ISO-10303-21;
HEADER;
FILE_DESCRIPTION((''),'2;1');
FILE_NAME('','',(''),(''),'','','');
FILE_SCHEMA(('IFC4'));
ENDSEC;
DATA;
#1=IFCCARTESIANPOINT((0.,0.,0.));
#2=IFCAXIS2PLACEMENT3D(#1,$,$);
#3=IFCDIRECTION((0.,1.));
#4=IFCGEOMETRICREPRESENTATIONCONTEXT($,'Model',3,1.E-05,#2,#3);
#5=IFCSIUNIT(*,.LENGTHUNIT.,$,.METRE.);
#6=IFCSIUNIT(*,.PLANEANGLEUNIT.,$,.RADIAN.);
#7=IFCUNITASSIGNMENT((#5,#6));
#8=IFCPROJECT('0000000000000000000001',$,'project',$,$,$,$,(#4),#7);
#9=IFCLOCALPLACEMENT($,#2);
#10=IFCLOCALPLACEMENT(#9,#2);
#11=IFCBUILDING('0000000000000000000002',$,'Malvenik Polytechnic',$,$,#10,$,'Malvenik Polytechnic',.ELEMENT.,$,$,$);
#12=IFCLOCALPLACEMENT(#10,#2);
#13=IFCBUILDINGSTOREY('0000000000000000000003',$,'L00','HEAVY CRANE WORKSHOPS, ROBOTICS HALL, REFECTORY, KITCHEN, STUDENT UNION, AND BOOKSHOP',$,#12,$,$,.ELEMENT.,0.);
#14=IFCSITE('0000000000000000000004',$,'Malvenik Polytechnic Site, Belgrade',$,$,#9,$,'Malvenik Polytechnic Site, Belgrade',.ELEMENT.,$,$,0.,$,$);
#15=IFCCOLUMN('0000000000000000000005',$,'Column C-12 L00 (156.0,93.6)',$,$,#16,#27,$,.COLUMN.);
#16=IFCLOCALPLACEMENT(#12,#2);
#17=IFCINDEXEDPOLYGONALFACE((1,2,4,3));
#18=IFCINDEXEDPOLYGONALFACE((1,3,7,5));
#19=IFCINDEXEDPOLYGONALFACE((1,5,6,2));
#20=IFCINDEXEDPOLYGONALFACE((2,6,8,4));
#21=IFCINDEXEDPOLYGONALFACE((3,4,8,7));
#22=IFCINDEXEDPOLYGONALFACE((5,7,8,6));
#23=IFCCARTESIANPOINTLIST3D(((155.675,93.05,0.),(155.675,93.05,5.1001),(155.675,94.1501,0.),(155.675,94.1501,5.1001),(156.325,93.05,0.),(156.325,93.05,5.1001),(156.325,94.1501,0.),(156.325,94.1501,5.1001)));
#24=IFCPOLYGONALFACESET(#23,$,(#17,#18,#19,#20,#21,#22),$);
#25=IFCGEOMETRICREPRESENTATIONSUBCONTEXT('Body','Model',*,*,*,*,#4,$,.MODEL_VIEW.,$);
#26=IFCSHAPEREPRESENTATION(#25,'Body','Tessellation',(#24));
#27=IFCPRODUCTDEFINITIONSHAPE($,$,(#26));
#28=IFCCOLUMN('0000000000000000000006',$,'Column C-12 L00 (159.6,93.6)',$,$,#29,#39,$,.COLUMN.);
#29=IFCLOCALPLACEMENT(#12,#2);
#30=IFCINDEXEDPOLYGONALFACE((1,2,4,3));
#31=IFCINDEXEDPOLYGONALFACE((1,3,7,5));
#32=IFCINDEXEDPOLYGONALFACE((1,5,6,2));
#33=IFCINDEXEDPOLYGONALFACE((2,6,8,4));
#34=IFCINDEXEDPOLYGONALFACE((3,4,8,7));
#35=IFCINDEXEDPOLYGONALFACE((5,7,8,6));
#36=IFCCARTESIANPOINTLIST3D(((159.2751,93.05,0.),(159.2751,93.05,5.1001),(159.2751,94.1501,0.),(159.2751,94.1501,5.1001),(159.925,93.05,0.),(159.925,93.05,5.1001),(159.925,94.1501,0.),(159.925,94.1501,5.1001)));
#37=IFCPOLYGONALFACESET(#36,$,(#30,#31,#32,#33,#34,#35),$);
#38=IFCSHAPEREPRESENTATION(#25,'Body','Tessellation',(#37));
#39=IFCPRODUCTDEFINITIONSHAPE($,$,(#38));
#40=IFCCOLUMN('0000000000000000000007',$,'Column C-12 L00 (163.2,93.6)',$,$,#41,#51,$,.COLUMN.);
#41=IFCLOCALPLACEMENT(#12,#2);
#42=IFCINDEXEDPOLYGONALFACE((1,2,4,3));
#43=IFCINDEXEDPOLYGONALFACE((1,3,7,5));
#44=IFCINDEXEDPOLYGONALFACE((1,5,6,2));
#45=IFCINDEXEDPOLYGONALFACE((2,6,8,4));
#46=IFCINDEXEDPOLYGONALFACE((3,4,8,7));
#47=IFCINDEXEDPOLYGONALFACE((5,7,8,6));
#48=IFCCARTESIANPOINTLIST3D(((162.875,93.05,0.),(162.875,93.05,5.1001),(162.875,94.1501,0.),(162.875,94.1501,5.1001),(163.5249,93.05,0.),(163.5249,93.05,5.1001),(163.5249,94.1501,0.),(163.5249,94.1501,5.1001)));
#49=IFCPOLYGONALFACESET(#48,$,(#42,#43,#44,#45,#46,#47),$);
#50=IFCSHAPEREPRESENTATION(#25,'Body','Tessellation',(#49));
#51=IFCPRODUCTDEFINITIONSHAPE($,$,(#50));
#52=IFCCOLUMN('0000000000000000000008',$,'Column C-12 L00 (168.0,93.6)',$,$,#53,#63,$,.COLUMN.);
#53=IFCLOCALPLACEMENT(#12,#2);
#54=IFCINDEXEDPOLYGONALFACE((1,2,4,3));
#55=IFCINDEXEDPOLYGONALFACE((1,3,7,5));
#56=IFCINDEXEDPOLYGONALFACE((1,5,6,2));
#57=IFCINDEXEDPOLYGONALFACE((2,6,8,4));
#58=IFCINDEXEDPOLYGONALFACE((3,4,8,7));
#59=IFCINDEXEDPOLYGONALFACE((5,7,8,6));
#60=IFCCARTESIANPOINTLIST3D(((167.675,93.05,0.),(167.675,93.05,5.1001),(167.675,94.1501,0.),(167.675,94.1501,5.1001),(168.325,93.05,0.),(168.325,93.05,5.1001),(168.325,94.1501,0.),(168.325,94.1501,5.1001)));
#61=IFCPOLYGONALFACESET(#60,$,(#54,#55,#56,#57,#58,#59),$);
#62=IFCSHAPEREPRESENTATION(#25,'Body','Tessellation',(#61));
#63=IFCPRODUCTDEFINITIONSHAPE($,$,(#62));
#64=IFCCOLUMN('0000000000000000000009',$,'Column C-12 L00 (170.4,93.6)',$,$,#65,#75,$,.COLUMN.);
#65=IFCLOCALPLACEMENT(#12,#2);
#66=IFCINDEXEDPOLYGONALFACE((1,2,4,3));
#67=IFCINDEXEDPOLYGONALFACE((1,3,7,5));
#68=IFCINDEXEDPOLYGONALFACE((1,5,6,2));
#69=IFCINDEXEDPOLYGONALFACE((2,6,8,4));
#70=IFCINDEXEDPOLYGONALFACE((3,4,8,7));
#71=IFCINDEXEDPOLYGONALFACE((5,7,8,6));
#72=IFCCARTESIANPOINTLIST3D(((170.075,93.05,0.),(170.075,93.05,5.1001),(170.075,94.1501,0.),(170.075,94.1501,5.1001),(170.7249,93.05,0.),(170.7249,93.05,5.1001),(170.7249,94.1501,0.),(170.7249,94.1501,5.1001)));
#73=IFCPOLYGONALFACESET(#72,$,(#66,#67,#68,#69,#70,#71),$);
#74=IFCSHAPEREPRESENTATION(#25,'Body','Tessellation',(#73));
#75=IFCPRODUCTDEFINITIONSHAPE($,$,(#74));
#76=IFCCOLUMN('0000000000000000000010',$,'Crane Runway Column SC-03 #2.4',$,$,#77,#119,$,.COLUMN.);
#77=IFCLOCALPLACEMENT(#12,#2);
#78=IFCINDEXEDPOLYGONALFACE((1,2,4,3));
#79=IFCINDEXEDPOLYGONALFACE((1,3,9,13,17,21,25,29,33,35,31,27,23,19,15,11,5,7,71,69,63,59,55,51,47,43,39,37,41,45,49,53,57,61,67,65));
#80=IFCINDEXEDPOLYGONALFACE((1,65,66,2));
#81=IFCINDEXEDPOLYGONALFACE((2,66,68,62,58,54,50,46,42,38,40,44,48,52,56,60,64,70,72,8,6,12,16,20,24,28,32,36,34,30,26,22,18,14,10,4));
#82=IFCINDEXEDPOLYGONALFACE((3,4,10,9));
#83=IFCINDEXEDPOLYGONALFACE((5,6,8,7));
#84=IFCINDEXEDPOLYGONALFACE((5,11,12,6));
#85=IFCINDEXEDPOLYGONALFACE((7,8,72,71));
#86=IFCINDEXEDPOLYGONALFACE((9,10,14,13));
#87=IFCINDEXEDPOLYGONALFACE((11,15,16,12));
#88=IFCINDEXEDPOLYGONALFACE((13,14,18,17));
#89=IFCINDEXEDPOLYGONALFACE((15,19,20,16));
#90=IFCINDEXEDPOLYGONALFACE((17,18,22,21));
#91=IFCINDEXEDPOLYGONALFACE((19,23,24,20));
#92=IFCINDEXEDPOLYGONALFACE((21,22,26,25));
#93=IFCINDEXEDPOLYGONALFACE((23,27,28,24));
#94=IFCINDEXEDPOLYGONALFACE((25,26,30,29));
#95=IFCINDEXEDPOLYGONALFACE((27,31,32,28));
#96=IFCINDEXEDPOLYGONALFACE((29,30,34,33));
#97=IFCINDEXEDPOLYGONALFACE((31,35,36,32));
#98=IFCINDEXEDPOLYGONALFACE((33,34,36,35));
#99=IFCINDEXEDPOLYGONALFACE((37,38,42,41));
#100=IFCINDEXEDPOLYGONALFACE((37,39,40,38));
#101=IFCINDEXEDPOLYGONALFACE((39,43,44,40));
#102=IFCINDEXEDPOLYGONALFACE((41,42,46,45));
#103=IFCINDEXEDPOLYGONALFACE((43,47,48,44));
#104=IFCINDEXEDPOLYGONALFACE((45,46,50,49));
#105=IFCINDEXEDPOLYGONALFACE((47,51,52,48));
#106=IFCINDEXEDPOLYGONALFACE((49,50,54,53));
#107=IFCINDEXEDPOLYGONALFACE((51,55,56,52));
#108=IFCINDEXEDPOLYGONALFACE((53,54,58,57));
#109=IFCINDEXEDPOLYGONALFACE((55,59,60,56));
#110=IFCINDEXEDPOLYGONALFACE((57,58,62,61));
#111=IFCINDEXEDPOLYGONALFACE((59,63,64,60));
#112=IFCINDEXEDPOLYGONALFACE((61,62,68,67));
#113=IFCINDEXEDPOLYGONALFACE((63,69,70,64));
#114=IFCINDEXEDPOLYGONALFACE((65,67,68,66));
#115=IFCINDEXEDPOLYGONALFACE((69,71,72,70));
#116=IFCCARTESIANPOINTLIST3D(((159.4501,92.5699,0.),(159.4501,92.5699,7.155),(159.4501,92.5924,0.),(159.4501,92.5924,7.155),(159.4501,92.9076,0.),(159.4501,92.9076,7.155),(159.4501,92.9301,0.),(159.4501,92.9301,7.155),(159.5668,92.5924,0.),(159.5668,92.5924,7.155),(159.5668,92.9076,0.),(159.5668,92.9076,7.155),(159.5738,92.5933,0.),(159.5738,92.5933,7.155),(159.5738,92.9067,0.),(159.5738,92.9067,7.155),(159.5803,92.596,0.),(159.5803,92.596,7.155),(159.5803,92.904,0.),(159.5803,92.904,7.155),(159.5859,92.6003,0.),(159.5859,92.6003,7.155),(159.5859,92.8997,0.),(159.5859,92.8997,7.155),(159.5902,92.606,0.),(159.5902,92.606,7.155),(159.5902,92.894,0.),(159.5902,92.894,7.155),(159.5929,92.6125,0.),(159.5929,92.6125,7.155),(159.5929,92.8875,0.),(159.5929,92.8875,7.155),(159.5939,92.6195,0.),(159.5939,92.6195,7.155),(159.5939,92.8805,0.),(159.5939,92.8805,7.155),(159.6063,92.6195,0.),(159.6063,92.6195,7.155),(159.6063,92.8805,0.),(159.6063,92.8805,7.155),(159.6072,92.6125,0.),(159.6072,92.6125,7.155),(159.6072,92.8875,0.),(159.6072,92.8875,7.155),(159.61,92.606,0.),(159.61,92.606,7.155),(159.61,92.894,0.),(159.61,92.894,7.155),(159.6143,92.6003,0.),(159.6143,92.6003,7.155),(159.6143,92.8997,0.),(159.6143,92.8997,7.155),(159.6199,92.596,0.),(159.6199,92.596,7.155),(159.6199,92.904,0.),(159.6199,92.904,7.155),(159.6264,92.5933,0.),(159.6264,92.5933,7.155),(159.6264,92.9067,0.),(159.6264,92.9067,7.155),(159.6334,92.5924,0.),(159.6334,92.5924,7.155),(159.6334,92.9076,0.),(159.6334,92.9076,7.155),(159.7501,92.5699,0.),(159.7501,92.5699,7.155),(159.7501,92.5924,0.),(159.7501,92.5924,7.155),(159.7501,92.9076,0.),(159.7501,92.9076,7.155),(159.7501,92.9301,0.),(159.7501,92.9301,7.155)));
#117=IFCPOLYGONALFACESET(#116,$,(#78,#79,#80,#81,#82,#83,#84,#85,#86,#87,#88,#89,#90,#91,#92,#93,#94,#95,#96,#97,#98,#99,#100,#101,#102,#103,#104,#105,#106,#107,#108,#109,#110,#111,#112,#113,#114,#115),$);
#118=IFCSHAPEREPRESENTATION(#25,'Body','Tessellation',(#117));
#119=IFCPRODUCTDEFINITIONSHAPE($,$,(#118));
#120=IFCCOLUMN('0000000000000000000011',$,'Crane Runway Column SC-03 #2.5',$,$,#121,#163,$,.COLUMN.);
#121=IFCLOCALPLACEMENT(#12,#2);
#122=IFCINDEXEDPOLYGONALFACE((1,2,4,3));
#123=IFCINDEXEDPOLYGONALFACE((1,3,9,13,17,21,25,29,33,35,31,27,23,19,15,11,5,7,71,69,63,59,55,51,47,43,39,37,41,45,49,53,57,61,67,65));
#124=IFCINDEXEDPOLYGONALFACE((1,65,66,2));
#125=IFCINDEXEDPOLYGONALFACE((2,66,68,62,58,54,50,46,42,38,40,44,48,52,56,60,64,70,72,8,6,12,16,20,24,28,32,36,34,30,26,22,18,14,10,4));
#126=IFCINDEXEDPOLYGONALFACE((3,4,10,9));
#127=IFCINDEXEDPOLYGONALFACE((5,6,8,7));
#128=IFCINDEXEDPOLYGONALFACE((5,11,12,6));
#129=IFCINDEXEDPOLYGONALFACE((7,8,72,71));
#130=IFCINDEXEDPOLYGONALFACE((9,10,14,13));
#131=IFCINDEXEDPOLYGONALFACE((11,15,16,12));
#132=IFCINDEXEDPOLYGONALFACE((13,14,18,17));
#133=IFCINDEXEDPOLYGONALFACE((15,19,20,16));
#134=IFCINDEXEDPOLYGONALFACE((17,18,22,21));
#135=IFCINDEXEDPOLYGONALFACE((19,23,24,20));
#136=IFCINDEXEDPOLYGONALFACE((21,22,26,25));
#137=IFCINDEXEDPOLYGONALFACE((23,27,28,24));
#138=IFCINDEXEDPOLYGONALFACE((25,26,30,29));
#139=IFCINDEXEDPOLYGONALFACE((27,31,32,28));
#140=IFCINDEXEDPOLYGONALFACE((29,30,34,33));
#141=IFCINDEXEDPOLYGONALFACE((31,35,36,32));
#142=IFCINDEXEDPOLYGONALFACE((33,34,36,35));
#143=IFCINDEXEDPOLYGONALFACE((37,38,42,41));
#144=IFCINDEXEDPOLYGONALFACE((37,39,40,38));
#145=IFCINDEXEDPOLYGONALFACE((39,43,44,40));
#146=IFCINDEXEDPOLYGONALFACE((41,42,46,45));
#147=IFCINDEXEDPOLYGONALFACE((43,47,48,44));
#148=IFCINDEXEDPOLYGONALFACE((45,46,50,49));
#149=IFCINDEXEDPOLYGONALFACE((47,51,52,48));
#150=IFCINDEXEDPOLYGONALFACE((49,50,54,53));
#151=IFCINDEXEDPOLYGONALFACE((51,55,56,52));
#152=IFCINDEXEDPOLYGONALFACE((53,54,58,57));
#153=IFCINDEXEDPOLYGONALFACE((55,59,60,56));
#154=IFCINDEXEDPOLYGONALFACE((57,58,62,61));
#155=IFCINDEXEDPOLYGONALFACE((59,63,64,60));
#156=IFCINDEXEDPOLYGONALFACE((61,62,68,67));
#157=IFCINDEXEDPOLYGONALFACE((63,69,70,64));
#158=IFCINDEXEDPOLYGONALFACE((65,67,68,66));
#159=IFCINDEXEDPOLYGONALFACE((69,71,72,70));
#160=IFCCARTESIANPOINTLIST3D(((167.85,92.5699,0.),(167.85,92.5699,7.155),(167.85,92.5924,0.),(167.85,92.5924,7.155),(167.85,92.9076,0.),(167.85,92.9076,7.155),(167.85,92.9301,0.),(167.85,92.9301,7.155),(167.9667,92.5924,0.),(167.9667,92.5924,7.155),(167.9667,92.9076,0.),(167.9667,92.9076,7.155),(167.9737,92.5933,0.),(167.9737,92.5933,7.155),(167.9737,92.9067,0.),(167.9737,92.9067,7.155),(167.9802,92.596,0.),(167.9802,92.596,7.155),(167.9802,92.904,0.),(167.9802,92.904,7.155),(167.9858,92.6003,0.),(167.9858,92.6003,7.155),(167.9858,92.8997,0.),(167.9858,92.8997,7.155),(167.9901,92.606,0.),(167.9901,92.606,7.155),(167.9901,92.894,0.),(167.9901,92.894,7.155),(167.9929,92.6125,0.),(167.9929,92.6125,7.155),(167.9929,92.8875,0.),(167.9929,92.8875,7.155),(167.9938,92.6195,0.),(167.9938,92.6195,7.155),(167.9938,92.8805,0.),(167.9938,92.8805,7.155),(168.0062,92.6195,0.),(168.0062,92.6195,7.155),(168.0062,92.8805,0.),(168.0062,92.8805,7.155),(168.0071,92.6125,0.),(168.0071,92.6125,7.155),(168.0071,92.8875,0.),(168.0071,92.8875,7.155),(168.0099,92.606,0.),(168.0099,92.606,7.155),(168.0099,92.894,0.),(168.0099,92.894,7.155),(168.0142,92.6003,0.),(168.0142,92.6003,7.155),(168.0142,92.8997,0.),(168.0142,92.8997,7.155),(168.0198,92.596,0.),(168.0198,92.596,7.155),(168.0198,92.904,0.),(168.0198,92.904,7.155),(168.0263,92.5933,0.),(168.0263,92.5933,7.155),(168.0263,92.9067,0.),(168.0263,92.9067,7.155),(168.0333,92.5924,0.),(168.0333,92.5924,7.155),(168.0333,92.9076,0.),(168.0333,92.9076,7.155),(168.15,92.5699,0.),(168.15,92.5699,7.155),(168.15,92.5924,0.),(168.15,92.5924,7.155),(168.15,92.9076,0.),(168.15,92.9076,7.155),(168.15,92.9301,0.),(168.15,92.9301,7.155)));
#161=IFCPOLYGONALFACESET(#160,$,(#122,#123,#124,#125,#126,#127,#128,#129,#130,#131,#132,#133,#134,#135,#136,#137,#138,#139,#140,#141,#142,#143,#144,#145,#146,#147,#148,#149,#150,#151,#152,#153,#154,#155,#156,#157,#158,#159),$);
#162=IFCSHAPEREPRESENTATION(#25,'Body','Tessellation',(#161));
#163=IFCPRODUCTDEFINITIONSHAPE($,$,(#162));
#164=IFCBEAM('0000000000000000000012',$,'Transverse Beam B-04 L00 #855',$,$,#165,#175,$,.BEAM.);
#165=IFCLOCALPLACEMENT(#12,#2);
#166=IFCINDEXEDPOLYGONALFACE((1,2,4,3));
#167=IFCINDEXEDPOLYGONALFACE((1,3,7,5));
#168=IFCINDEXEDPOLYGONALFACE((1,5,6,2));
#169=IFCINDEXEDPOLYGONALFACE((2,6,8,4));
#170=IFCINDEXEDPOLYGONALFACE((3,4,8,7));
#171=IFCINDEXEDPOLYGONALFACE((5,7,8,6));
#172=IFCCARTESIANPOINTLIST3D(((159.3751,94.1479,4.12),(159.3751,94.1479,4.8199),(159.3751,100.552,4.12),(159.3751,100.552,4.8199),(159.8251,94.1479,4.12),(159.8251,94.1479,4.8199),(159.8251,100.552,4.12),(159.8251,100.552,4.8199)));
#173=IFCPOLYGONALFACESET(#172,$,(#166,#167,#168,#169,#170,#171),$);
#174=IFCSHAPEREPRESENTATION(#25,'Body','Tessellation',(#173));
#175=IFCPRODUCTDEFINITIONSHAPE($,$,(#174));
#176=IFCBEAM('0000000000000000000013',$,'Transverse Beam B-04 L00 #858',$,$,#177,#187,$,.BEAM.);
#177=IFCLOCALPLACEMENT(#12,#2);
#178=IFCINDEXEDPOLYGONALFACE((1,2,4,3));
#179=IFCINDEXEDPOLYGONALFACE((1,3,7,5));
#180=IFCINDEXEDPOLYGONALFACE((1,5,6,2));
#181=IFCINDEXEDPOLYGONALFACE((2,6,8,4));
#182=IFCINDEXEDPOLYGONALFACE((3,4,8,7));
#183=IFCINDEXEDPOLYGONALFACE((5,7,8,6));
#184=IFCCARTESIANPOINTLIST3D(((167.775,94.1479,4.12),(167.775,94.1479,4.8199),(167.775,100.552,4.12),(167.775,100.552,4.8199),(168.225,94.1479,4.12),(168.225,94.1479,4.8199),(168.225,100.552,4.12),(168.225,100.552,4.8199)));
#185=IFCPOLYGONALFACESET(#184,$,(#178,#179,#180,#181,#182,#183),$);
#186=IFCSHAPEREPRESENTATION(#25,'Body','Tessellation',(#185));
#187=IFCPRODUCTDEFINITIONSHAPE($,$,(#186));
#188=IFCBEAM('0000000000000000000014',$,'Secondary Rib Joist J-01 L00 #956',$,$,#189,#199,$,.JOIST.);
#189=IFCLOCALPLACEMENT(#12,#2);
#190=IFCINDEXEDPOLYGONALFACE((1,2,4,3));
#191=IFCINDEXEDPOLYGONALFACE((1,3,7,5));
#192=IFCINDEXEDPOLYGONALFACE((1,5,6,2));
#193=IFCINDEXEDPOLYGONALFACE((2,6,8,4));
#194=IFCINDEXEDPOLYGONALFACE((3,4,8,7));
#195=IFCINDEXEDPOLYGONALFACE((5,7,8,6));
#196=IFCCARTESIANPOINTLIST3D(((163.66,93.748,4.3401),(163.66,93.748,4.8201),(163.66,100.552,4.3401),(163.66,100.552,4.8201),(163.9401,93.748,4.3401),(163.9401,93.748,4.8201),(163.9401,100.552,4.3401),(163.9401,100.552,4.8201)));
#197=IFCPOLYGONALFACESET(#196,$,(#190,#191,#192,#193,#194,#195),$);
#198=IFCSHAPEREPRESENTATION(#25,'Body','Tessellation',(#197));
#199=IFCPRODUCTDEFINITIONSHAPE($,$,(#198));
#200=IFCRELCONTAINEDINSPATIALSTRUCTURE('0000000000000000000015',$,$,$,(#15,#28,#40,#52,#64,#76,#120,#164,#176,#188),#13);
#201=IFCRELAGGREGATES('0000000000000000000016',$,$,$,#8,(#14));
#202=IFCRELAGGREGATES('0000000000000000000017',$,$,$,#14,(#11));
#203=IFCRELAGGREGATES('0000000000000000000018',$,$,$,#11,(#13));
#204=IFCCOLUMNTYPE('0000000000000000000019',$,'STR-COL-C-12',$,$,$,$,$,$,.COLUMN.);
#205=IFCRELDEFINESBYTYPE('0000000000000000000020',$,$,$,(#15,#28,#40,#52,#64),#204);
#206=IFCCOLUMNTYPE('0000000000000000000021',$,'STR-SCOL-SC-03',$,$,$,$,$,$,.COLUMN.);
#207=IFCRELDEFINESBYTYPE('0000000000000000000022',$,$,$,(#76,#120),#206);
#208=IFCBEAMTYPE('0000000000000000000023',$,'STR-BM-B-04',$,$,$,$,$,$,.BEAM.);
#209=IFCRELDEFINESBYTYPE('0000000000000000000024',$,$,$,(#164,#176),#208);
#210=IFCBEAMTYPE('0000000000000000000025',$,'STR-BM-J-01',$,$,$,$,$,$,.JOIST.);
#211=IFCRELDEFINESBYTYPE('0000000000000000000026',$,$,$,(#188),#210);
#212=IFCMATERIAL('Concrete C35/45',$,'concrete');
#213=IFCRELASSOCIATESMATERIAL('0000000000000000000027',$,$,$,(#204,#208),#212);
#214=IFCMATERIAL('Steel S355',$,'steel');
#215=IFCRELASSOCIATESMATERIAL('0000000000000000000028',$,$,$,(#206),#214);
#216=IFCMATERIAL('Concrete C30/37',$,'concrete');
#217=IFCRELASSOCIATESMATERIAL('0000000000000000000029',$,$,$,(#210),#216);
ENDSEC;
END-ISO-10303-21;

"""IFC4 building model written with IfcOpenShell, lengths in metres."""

from ifc_helpers import new_model, si_unit, direction, frame, origin, origin_2d, place, context, subcontext, project, spatial, rectangle, i_section, extrude, material, material_profile, profile_set, type_object, element, save


model = new_model("IFC4")

# Units and contexts
model_context = context("Model", 3, precision=1e-05, world=origin(), true_north=direction((0.0, 1.0)))
body_context = subcontext(model_context, "Body", "Model", "MODEL_VIEW")
ifc_project = project(units=[si_unit("LENGTHUNIT", "METRE"), si_unit("PLANEANGLEUNIT", "RADIAN")], contexts=[model_context])

# Site, building, storey
site_placement = place(None, origin())
site = spatial("IfcSite", under=ifc_project, at=site_placement, Name="Malvenik Polytechnic Site, Belgrade", LongName="Malvenik Polytechnic Site, Belgrade", CompositionType="ELEMENT", RefElevation=0.0)
building_placement = place(site_placement, origin())
building = spatial("IfcBuilding", under=site, at=building_placement, Name="Malvenik Polytechnic", LongName="Malvenik Polytechnic", CompositionType="ELEMENT")
storey_placement = place(building_placement, origin())
storey = spatial("IfcBuildingStorey", under=building, at=storey_placement, Name="L00", Description="HEAVY CRANE WORKSHOPS, ROBOTICS HALL, REFECTORY, KITCHEN, STUDENT UNION, AND BOOKSHOP", CompositionType="ELEMENT", Elevation=0.0)

# Columns
ifc_material_1 = material(Name="Concrete C35/45", Category="concrete")
ifc_material_profile_1 = material_profile(ifc_material_1, rectangle(XDim=0.6499, YDim=1.1001, at=origin_2d()), Name="RC COL 1100x650")
ifc_profile_set_1 = profile_set([ifc_material_profile_1], Name="Concrete C35/45")
column_type_1 = type_object("IfcColumnType", Name="STR-COL-C-12", PredefinedType="COLUMN", material=ifc_profile_set_1)
for number, where, z_axis, x_axis, name in (
    (1, (156.0, 93.6001, 0.0), (0.0, 0.0, 1.0), (1.0, 0.0, 0.0), "Column C-12 L00 (156.0,93.6)"),
    (2, (159.6001, 93.6001, 0.0), (0.0, 0.0, 1.0), (1.0, 0.0, 0.0), "Column C-12 L00 (159.6,93.6)"),
    (3, (163.2, 93.6001, 0.0), (0.0, 0.0, 1.0), (1.0, 0.0, 0.0), "Column C-12 L00 (163.2,93.6)"),
    (4, (168.0, 93.6001, 0.0), (0.0, 0.0, 1.0), (1.0, 0.0, 0.0), "Column C-12 L00 (168.0,93.6)"),
    (5, (170.3999, 93.6001, 0.0), (0.0, 0.0, 1.0), (1.0, 0.0, 0.0), "Column C-12 L00 (170.4,93.6)"),
):
    element("IfcColumn", number, at=place(storey_placement, frame(where, z_axis=z_axis, x_axis=x_axis)), inside=storey, type_object=column_type_1, Name=name, PredefinedType="COLUMN", context=body_context, shape_type="SweptSolid", body=[
        extrude(rectangle(XDim=0.6499, YDim=1.1001, at=origin_2d()), origin(), (0.0, 0.0, 1.0), 5.1001),
    ])
ifc_material_2 = material(Name="Steel S355", Category="steel")
ifc_material_profile_2 = material_profile(ifc_material_2, i_section(OverallWidth=0.3, OverallDepth=0.3601, WebThickness=0.0125, FlangeThickness=0.0225, FilletRadius=0.0271, at=origin_2d()), Name="HEB 360")
ifc_profile_set_2 = profile_set([ifc_material_profile_2], Name="Steel S355")
column_type_2 = type_object("IfcColumnType", Name="STR-SCOL-SC-03", PredefinedType="COLUMN", material=ifc_profile_set_2)
for number, where, z_axis, x_axis, name in (
    (6, (159.6001, 92.75, 0.0), (0.0, 0.0, 1.0), (1.0, 0.0, 0.0), "Crane Runway Column SC-03 #2.4"),
    (7, (168.0, 92.75, 0.0), (0.0, 0.0, 1.0), (1.0, 0.0, 0.0), "Crane Runway Column SC-03 #2.5"),
):
    element("IfcColumn", number, at=place(storey_placement, frame(where, z_axis=z_axis, x_axis=x_axis)), inside=storey, type_object=column_type_2, Name=name, PredefinedType="COLUMN", context=body_context, shape_type="SweptSolid", body=[
        extrude(i_section(OverallWidth=0.3, OverallDepth=0.3601, WebThickness=0.0125, FlangeThickness=0.0225, FilletRadius=0.0271, at=origin_2d()), origin(), (0.0, 0.0, 1.0), 7.155),
    ])

# Beams
ifc_material_profile_3 = material_profile(ifc_material_1, rectangle(XDim=0.45, YDim=0.7, at=origin_2d()), Name="RC BM 450x700")
ifc_profile_set_3 = profile_set([ifc_material_profile_3], Name="Concrete C35/45")
beam_type_1 = type_object("IfcBeamType", Name="STR-BM-B-04", PredefinedType="BEAM", material=ifc_profile_set_3)
for number, where, z_axis, x_axis, name in (
    (8, (159.6001, 94.1479, 4.47), (0.0, 1.0, 0.0), (-1.0, 0.0, 0.0), "Transverse Beam B-04 L00 #855"),
    (9, (168.0, 94.1479, 4.47), (0.0, 1.0, 0.0), (-1.0, 0.0, 0.0), "Transverse Beam B-04 L00 #858"),
):
    element("IfcBeam", number, at=place(storey_placement, frame(where, z_axis=z_axis, x_axis=x_axis)), inside=storey, type_object=beam_type_1, Name=name, PredefinedType="BEAM", context=body_context, shape_type="SweptSolid", body=[
        extrude(rectangle(XDim=0.45, YDim=0.7, at=origin_2d()), origin(), (0.0, 0.0, 1.0), 6.4041),
    ])
ifc_material_3 = material(Name="Concrete C30/37", Category="concrete")
ifc_material_profile_4 = material_profile(ifc_material_3, rectangle(XDim=0.28, YDim=0.48, at=origin_2d()), Name="RC JST 280x480")
ifc_profile_set_4 = profile_set([ifc_material_profile_4], Name="Concrete C30/37")
beam_type_2 = type_object("IfcBeamType", Name="STR-BM-J-01", PredefinedType="JOIST", material=ifc_profile_set_4)
beam_placement = place(storey_placement, frame((163.8, 93.748, 4.5801), z_axis=(0.0, 1.0, 0.0), x_axis=(-1.0, 0.0, 0.0)))
element("IfcBeam", 10, at=beam_placement, inside=storey, type_object=beam_type_2, Name="Secondary Rib Joist J-01 L00 #956", PredefinedType="JOIST", context=body_context, shape_type="SweptSolid", body=[
    extrude(rectangle(XDim=0.28, YDim=0.48, at=origin_2d()), origin(), (0.0, 0.0, 1.0), 6.804),
])

save(model, "model.ifc")
